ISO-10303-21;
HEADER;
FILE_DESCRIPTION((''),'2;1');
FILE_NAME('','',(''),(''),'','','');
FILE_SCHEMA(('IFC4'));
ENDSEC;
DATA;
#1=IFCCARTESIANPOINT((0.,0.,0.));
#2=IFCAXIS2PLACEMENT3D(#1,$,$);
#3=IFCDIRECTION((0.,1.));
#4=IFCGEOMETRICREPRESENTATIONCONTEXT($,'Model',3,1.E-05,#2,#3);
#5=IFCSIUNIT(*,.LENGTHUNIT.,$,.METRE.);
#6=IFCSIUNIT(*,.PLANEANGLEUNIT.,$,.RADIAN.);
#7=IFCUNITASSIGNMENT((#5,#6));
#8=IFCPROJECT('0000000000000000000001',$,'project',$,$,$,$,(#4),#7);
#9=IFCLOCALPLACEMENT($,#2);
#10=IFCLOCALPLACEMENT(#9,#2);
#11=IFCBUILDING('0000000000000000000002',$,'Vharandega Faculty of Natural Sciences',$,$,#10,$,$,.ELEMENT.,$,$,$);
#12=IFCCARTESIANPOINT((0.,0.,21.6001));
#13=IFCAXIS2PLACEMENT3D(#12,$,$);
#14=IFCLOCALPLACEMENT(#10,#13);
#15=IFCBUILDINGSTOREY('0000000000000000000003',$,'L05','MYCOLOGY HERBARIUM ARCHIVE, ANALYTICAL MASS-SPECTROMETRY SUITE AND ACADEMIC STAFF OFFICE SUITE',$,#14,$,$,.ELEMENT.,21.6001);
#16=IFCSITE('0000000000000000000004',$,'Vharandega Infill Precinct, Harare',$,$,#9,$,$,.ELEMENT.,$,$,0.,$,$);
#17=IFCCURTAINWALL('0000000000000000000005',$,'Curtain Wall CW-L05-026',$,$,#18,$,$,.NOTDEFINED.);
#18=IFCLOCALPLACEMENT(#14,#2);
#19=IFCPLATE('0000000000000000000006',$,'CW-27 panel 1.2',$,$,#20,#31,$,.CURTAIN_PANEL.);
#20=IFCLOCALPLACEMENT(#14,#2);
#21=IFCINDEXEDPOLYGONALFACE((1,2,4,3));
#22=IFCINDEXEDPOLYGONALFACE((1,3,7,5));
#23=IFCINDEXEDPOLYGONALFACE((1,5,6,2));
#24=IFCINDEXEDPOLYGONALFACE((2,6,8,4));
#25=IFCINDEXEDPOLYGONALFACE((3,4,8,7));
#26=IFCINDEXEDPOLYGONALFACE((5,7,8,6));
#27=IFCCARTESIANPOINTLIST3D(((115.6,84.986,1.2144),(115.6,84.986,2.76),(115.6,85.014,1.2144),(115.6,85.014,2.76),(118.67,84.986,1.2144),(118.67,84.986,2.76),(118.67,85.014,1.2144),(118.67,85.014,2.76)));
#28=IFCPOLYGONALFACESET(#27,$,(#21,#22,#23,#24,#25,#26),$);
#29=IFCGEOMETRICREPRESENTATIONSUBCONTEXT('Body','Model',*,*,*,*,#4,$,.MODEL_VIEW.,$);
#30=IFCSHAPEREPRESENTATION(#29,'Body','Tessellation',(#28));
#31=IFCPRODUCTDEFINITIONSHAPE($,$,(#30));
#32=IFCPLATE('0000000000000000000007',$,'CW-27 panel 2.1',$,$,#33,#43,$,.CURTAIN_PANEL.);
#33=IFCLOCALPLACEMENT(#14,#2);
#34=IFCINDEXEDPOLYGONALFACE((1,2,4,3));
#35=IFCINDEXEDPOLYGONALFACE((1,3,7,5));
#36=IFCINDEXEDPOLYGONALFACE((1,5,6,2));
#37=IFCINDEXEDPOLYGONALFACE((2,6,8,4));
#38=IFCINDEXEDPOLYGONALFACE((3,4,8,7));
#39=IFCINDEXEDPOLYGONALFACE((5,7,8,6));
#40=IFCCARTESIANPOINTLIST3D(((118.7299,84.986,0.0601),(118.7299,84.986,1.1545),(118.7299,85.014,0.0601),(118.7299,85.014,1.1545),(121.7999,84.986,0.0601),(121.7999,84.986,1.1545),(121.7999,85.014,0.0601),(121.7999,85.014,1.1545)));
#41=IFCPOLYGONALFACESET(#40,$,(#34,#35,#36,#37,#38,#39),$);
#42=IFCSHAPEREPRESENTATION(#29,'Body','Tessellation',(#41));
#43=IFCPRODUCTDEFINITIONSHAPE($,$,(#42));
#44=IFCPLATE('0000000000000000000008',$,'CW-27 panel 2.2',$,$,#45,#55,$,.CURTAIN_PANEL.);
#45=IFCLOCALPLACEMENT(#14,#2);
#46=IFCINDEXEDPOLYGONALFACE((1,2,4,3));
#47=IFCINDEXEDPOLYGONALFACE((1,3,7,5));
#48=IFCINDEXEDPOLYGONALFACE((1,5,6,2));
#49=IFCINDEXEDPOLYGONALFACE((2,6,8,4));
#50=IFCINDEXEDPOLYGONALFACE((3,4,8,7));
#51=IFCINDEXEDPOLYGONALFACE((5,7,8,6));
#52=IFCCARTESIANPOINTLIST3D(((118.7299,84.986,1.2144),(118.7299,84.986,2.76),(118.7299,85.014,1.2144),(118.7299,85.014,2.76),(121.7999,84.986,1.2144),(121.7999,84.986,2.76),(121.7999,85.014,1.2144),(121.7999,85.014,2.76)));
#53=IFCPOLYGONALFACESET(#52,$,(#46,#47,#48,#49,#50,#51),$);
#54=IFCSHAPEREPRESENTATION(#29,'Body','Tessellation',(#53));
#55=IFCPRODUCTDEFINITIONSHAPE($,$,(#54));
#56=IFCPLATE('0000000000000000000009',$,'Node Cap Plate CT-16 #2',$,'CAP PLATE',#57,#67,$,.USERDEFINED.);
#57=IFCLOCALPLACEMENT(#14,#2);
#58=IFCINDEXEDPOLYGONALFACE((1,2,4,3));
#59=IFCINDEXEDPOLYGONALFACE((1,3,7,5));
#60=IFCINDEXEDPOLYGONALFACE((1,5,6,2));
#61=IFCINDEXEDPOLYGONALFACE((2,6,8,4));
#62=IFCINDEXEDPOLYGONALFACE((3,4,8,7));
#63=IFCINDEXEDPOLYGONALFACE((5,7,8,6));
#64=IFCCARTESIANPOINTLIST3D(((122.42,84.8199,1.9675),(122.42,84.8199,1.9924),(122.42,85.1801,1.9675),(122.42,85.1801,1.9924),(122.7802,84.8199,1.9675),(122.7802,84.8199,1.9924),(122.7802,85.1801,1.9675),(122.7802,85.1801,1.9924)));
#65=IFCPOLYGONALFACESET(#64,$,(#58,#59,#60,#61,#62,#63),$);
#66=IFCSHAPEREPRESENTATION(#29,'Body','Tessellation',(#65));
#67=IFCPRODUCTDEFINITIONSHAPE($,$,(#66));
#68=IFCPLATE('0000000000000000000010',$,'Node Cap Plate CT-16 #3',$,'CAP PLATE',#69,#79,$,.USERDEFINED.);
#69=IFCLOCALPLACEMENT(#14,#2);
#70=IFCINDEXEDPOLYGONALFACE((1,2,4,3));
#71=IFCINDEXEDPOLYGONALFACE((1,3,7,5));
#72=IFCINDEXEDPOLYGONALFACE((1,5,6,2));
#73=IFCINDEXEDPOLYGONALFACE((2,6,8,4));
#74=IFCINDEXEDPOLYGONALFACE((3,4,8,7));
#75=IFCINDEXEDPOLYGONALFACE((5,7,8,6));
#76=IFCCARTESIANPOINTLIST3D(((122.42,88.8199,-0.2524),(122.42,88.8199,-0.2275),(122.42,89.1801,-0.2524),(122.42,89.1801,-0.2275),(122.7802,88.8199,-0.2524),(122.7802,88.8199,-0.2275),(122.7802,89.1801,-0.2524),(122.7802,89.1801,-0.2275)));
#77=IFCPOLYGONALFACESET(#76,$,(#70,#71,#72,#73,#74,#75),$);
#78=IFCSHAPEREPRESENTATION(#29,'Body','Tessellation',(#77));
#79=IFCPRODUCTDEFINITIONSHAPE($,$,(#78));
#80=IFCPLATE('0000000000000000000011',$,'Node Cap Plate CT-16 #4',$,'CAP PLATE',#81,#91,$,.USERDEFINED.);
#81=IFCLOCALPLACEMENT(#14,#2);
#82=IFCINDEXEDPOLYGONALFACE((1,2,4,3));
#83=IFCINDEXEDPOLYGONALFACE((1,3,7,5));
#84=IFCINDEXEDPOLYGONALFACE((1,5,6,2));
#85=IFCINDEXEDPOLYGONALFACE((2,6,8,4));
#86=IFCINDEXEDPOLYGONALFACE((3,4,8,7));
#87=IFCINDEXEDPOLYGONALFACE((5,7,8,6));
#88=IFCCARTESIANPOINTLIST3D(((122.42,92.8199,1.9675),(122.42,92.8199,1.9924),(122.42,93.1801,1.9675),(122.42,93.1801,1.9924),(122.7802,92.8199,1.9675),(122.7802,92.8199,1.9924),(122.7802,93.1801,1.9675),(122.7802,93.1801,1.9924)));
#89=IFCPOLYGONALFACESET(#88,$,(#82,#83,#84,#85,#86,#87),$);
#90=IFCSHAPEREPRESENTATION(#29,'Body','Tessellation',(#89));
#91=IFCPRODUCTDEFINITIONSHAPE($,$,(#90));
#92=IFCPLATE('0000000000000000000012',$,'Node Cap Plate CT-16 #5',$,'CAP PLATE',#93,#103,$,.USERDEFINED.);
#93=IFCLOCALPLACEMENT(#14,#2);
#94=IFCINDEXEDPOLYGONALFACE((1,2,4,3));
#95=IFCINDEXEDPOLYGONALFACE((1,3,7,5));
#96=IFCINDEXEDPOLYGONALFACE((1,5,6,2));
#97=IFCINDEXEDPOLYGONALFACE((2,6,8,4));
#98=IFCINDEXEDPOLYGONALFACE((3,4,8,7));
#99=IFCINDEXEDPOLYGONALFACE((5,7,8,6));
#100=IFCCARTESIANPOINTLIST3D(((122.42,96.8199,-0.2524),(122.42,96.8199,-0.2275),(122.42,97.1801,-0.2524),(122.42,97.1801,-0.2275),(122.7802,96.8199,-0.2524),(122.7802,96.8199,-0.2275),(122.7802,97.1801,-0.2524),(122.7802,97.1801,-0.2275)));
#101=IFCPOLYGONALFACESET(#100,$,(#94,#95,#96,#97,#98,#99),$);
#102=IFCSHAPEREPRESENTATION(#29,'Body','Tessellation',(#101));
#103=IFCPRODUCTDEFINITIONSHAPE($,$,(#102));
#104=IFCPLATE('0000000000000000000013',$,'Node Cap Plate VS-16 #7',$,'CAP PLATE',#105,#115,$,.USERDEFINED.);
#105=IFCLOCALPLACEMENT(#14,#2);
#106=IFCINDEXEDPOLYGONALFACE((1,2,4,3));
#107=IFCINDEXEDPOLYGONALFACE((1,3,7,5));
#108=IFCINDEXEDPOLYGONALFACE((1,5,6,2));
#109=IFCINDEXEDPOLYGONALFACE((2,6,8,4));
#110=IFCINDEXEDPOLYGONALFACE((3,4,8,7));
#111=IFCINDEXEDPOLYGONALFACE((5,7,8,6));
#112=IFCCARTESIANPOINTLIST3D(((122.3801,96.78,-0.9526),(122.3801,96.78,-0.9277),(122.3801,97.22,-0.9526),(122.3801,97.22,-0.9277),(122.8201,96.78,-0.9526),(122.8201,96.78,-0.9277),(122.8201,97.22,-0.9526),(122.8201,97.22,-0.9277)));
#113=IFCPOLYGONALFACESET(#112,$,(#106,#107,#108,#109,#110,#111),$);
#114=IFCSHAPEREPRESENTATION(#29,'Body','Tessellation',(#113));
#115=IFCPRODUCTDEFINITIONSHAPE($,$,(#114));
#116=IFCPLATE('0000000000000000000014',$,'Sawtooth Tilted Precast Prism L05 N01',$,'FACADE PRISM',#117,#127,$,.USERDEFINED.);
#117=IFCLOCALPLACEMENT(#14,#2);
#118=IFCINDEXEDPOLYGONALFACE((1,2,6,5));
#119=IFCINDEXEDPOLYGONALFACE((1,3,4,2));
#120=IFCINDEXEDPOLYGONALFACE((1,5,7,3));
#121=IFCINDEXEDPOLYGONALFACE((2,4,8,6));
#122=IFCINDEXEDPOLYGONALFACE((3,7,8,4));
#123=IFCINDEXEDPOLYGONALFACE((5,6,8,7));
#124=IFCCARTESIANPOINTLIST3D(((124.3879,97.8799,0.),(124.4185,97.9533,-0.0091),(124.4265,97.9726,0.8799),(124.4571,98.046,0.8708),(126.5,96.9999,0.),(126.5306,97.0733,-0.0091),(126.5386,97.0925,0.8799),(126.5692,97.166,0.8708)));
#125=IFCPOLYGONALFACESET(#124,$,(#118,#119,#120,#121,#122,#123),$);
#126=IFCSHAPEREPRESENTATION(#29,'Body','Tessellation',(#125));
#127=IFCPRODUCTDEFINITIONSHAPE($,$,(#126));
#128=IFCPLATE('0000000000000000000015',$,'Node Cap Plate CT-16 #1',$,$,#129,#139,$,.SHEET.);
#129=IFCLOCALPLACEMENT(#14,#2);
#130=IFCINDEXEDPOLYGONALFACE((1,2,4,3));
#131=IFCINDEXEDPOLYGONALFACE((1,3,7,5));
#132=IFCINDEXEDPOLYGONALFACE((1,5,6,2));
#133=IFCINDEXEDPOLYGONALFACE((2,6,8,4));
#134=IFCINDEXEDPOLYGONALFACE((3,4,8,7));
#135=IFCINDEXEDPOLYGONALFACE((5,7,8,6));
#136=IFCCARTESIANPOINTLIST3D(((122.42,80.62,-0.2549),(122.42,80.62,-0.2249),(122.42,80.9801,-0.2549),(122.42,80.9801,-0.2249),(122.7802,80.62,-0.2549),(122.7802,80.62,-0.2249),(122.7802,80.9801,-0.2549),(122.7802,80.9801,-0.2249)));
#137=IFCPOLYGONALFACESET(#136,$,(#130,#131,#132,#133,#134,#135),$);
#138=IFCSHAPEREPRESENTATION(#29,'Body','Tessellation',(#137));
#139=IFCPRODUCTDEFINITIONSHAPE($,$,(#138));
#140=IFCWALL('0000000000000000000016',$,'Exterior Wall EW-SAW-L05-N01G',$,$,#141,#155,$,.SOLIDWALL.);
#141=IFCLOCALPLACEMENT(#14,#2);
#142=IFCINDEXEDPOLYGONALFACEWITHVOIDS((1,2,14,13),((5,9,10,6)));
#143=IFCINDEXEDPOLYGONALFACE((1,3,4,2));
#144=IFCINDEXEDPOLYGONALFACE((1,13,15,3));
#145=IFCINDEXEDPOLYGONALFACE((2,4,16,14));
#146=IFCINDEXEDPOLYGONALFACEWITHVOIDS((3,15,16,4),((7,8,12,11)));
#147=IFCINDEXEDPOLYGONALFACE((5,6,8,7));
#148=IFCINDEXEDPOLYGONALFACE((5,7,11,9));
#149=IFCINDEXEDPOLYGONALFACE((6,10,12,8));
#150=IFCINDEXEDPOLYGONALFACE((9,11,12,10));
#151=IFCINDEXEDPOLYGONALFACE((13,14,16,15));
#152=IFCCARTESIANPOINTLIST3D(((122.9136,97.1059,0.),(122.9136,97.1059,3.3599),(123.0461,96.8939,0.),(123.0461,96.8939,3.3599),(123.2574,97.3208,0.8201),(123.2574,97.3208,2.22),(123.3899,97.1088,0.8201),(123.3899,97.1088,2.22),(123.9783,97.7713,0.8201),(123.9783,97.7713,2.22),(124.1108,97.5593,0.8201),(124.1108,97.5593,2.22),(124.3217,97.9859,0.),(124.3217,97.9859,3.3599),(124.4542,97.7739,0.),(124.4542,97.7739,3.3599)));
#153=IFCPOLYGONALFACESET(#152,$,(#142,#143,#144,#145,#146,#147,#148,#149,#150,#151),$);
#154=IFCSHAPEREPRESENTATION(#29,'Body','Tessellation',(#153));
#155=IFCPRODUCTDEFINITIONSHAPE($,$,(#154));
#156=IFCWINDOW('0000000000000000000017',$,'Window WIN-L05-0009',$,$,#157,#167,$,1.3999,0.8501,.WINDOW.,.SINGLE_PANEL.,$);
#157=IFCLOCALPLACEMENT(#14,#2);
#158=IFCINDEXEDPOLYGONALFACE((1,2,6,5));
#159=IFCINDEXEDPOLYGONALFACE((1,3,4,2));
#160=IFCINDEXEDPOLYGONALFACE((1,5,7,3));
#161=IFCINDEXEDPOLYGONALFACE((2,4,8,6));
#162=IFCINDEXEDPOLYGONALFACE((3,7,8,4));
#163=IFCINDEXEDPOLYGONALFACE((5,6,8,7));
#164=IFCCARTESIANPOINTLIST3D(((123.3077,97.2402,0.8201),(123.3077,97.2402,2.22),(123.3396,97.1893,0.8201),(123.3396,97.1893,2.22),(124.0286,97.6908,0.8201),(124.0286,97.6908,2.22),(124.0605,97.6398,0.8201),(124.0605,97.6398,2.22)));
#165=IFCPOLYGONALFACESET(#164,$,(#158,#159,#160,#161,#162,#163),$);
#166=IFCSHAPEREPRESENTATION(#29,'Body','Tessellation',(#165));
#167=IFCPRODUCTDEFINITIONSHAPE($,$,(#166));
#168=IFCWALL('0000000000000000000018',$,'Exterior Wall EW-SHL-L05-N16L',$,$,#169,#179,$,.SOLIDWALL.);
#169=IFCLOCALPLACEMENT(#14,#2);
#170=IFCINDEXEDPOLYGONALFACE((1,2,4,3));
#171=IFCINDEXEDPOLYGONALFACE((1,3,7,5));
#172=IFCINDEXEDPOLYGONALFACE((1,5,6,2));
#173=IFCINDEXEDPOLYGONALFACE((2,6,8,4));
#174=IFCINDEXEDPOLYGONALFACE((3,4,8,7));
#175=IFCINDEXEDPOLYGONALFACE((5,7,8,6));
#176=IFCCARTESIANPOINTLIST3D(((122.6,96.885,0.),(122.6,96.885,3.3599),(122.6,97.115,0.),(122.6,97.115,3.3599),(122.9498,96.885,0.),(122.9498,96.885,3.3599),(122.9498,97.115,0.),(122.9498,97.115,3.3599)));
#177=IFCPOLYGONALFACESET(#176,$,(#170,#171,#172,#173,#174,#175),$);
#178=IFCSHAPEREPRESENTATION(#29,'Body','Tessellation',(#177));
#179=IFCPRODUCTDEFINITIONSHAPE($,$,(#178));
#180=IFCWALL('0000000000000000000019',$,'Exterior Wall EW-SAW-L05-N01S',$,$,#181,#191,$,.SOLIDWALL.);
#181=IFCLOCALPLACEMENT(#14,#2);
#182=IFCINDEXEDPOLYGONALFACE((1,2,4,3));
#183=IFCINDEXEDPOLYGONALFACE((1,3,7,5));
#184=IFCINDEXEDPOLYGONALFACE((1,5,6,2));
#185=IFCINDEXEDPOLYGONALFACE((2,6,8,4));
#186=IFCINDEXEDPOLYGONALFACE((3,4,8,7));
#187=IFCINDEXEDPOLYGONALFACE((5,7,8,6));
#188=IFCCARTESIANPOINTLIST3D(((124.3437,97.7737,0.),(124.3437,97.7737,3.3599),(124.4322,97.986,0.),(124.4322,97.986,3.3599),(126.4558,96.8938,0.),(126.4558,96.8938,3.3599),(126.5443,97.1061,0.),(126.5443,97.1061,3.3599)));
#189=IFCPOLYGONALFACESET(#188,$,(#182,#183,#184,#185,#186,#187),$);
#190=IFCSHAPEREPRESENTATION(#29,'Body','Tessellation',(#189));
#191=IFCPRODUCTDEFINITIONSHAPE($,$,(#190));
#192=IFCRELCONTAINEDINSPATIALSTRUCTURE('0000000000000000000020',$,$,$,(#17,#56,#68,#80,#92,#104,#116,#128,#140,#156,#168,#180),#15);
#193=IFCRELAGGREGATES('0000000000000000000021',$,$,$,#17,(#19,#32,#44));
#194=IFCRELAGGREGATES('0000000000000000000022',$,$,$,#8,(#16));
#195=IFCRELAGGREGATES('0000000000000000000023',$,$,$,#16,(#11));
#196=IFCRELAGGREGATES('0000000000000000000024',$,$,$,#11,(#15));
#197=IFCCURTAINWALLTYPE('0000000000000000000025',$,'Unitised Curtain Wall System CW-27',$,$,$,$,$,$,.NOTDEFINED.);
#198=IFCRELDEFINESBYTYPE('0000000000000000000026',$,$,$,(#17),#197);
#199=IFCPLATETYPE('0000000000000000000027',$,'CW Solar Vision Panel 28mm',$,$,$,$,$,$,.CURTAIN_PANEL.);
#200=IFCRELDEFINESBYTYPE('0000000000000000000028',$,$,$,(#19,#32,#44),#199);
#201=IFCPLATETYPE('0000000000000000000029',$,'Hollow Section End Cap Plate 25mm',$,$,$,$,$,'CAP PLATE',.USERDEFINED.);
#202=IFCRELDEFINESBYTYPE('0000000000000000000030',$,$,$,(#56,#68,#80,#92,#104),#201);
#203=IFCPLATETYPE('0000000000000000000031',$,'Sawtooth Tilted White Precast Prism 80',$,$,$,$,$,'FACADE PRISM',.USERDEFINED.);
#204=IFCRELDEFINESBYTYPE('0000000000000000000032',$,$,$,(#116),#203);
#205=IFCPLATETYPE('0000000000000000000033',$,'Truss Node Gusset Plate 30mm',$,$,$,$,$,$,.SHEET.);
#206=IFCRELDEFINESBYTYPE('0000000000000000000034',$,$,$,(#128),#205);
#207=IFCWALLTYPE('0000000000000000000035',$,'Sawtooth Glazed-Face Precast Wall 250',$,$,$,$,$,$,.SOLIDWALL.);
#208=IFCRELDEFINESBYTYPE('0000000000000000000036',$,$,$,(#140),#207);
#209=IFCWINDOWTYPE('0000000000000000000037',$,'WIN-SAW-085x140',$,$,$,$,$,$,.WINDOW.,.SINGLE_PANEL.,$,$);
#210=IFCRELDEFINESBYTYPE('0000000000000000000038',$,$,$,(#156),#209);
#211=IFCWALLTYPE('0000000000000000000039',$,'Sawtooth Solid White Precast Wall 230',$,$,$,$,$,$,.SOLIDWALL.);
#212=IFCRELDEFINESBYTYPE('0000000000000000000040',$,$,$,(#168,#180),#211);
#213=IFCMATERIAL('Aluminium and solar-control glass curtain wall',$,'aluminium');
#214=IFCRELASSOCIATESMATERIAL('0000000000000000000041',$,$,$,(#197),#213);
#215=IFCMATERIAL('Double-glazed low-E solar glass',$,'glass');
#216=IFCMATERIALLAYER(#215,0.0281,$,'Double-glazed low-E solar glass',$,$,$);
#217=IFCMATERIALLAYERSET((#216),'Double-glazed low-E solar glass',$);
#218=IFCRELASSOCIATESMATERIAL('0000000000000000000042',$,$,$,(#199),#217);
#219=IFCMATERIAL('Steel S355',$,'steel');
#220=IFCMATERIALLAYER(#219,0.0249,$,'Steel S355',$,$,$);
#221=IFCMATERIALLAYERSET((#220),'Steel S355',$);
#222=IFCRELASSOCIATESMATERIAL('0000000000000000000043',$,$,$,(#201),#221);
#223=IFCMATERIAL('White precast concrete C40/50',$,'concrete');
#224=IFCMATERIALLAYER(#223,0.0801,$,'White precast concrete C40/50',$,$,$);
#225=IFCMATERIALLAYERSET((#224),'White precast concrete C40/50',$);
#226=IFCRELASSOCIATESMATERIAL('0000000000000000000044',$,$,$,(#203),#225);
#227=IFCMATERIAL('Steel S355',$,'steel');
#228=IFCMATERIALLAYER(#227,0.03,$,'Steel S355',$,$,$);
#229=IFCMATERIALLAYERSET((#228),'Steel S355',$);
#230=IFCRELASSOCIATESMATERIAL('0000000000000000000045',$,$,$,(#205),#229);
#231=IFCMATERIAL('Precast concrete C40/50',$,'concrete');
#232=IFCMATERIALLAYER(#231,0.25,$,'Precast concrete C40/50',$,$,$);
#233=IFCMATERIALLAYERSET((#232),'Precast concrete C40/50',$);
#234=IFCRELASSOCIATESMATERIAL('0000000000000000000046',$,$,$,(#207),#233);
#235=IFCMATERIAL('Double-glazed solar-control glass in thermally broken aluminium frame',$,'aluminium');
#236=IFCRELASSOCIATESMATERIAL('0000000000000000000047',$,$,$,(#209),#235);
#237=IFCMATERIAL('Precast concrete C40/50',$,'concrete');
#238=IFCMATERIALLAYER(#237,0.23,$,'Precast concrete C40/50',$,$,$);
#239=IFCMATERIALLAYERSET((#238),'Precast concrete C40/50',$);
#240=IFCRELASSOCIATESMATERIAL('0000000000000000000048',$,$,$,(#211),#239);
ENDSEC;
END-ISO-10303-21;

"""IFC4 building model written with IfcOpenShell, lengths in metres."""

from ifc_helpers import new_model, si_unit, direction, frame, frame_2d, origin, origin_2d, place, context, subcontext, project, spatial, polyline, rectangle, outline, extrude, material, layer, layer_set, type_object, element, fill, aggregate, save


model = new_model("IFC4")

# Units and contexts
model_context = context("Model", 3, precision=1e-05, world=origin(), true_north=direction((0.0, 1.0)))
body_context = subcontext(model_context, "Body", "Model", "MODEL_VIEW")
ifc_project = project(units=[si_unit("LENGTHUNIT", "METRE"), si_unit("PLANEANGLEUNIT", "RADIAN")], contexts=[model_context])

# Site, building, storey
site_placement = place(None, origin())
site = spatial("IfcSite", under=ifc_project, at=site_placement, Name="Vharandega Infill Precinct, Harare", CompositionType="ELEMENT", RefElevation=0.0)
building_placement = place(site_placement, origin())
building = spatial("IfcBuilding", under=site, at=building_placement, Name="Vharandega Faculty of Natural Sciences", CompositionType="ELEMENT")
storey_placement = place(building_placement, frame((0.0, 0.0, 21.6001)))
storey = spatial("IfcBuildingStorey", under=building, at=storey_placement, Name="L05", Description="MYCOLOGY HERBARIUM ARCHIVE, ANALYTICAL MASS-SPECTROMETRY SUITE AND ACADEMIC STAFF OFFICE SUITE", CompositionType="ELEMENT", Elevation=21.6001)

# Curtain wall
ifc_material_1 = material(Name="Aluminium and solar-control glass curtain wall", Category="aluminium")
curtain_wall_type = type_object("IfcCurtainWallType", Name="Unitised Curtain Wall System CW-27", PredefinedType="NOTDEFINED", material=ifc_material_1)
curtain_wall_placement = place(storey_placement, origin())
curtain_wall = element("IfcCurtainWall", 1, at=curtain_wall_placement, inside=storey, type_object=curtain_wall_type, Name="Curtain Wall CW-L05-026", PredefinedType="NOTDEFINED")

# Plates
ifc_material_2 = material(Name="Double-glazed low-E solar glass", Category="glass")
ifc_layer_1 = layer(ifc_material_2, 0.0281, Name="Double-glazed low-E solar glass")
ifc_layer_set_1 = layer_set([ifc_layer_1], Name="Double-glazed low-E solar glass")
plate_type_1 = type_object("IfcPlateType", Name="CW Solar Vision Panel 28mm", PredefinedType="CURTAIN_PANEL", material=ifc_layer_set_1)
plate_1_placement = place(storey_placement, frame((117.135, 85.0, 1.2144), z_axis=(0.0, 0.0, 1.0), x_axis=(1.0, 0.0, 0.0)))
plate_1 = element("IfcPlate", 2, at=plate_1_placement, type_object=plate_type_1, Name="CW-27 panel 1.2", PredefinedType="CURTAIN_PANEL", context=body_context, shape_type="SweptSolid", body=[
    extrude(rectangle(XDim=3.0701, YDim=0.0281, at=origin_2d()), origin(), (0.0, 0.0, 1.0), 1.5457),
])
plate_2_placement = place(storey_placement, frame((120.2649, 85.0, 0.0601), z_axis=(0.0, 0.0, 1.0), x_axis=(1.0, 0.0, 0.0)))
plate_2 = element("IfcPlate", 3, at=plate_2_placement, type_object=plate_type_1, Name="CW-27 panel 2.1", PredefinedType="CURTAIN_PANEL", context=body_context, shape_type="SweptSolid", body=[
    extrude(rectangle(XDim=3.0701, YDim=0.0281, at=origin_2d()), origin(), (0.0, 0.0, 1.0), 1.0945),
])
plate_3_placement = place(storey_placement, frame((120.2649, 85.0, 1.2144), z_axis=(0.0, 0.0, 1.0), x_axis=(1.0, 0.0, 0.0)))
plate_3 = element("IfcPlate", 4, at=plate_3_placement, type_object=plate_type_1, Name="CW-27 panel 2.2", PredefinedType="CURTAIN_PANEL", context=body_context, shape_type="SweptSolid", body=[
    extrude(rectangle(XDim=3.0701, YDim=0.0281, at=origin_2d()), origin(), (0.0, 0.0, 1.0), 1.5457),
])
aggregate(curtain_wall, [plate_1, plate_2, plate_3])

# Plates
ifc_material_3 = material(Name="Steel S355", Category="steel")
ifc_layer_2 = layer(ifc_material_3, 0.0249, Name="Steel S355")
ifc_layer_set_2 = layer_set([ifc_layer_2], Name="Steel S355")
plate_type_2 = type_object("IfcPlateType", Name="Hollow Section End Cap Plate 25mm", ElementType="CAP PLATE", PredefinedType="USERDEFINED", material=ifc_layer_set_2)
for number, where, z_axis, x_axis, name in (
    (5, (122.6001, 85.0, 1.9675), (0.0, 0.0, 1.0), (1.0, 0.0, 0.0), "Node Cap Plate CT-16 #2"),
    (6, (122.6001, 89.0, -0.2524), (0.0, 0.0, 1.0), (1.0, 0.0, 0.0), "Node Cap Plate CT-16 #3"),
    (7, (122.6001, 93.0, 1.9675), (0.0, 0.0, 1.0), (1.0, 0.0, 0.0), "Node Cap Plate CT-16 #4"),
    (8, (122.6001, 97.0, -0.2524), (0.0, 0.0, 1.0), (1.0, 0.0, 0.0), "Node Cap Plate CT-16 #5"),
):
    element("IfcPlate", number, at=place(storey_placement, frame(where, z_axis=z_axis, x_axis=x_axis)), inside=storey, type_object=plate_type_2, Name=name, ObjectType="CAP PLATE", PredefinedType="USERDEFINED", context=body_context, shape_type="SweptSolid", body=[
        extrude(rectangle(XDim=0.3601, YDim=0.3601, at=origin_2d()), origin(), (0.0, 0.0, 1.0), 0.0249),
    ])
plate_4_placement = place(storey_placement, frame((122.6001, 97.0, -0.9526), z_axis=(0.0, 0.0, 1.0), x_axis=(1.0, 0.0, 0.0)))
element("IfcPlate", 9, at=plate_4_placement, inside=storey, type_object=plate_type_2, Name="Node Cap Plate VS-16 #7", ObjectType="CAP PLATE", PredefinedType="USERDEFINED", context=body_context, shape_type="SweptSolid", body=[
    extrude(rectangle(XDim=0.4399, YDim=0.4399, at=origin_2d()), origin(), (0.0, 0.0, 1.0), 0.0249),
])
ifc_material_4 = material(Name="White precast concrete C40/50", Category="concrete")
ifc_layer_3 = layer(ifc_material_4, 0.0801, Name="White precast concrete C40/50")
ifc_layer_set_3 = layer_set([ifc_layer_3], Name="White precast concrete C40/50")
plate_type_3 = type_object("IfcPlateType", Name="Sawtooth Tilted White Precast Prism 80", ElementType="FACADE PRISM", PredefinedType="USERDEFINED", material=ifc_layer_set_3)
plate_5_placement = place(storey_placement, frame((124.3879, 97.8799, 0.0), z_axis=(-0.38213, -0.917133, 0.113326), x_axis=(0.043509, 0.104642, 0.993558)))
element("IfcPlate", 10, at=plate_5_placement, inside=storey, type_object=plate_type_3, Name="Sawtooth Tilted Precast Prism L05 N01", ObjectType="FACADE PRISM", PredefinedType="USERDEFINED", context=body_context, shape_type="SweptSolid", body=[
    extrude(outline(polyline([(0.0, 0.0), (0.8856, 0.0), (0.8854, -2.2881), (-0.0002, -2.288), (0.0, 0.0)])), origin(), (0.0, 0.0, -1.0), 0.0801),
])
ifc_material_5 = material(Name="Steel S355", Category="steel")
ifc_layer_4 = layer(ifc_material_5, 0.03, Name="Steel S355")
ifc_layer_set_4 = layer_set([ifc_layer_4], Name="Steel S355")
plate_type_4 = type_object("IfcPlateType", Name="Truss Node Gusset Plate 30mm", PredefinedType="SHEET", material=ifc_layer_set_4)
plate_6_placement = place(storey_placement, frame((122.6001, 80.8, -0.2549), z_axis=(0.0, 0.0, 1.0), x_axis=(1.0, 0.0, 0.0)))
element("IfcPlate", 11, at=plate_6_placement, inside=storey, type_object=plate_type_4, Name="Node Cap Plate CT-16 #1", PredefinedType="SHEET", context=body_context, shape_type="SweptSolid", body=[
    extrude(rectangle(XDim=0.3601, YDim=0.3601, at=origin_2d()), origin(), (0.0, 0.0, 1.0), 0.03),
])

# Wall, opening, window
ifc_material_6 = material(Name="Precast concrete C40/50", Category="concrete")
ifc_layer_5 = layer(ifc_material_6, 0.25, Name="Precast concrete C40/50")
ifc_layer_set_5 = layer_set([ifc_layer_5], Name="Precast concrete C40/50")
wall_type_1 = type_object("IfcWallType", Name="Sawtooth Glazed-Face Precast Wall 250", PredefinedType="SOLIDWALL", material=ifc_layer_set_5)
wall_1_placement = place(storey_placement, frame((122.98, 97.0, 0.0), z_axis=(0.0, 0.0, 1.0), x_axis=(0.848023, 0.529959, 0.0)))
wall_1 = element("IfcWall", 12, at=wall_1_placement, inside=storey, type_object=wall_type_1, Name="Exterior Wall EW-SAW-L05-N01G", PredefinedType="SOLIDWALL", context=body_context, shape_type="SweptSolid", body=[
    extrude(rectangle(XDim=1.6604, YDim=0.25, at=frame_2d((0.8301, 0.0))), origin(), (0.0, 0.0, 1.0), 3.3599),
])
opening_placement = place(wall_1_placement, frame((0.4053, 0.0, 0.8201)))
opening = element("IfcOpeningElement", 13, at=opening_placement, cuts=wall_1, PredefinedType="OPENING", context=body_context, shape_type="SweptSolid", body=[
    extrude(rectangle(XDim=0.8501, YDim=1.3999, at=frame_2d((0.425, 0.7))), frame((0.0, 0.135, 0.0), z_axis=(0.0, -1.0, 0.0), x_axis=(1.0, 0.0, 0.0)), (0.0, 0.0, 1.0), 0.27),
])
ifc_material_7 = material(Name="Double-glazed solar-control glass in thermally broken aluminium frame", Category="aluminium")
window_type = type_object("IfcWindowType", Name="WIN-SAW-085x140", PartitioningType="SINGLE_PANEL", PredefinedType="WINDOW", material=ifc_material_7)
window_placement = place(opening_placement, origin())
window = element("IfcWindow", 14, at=window_placement, inside=storey, type_object=window_type, Name="Window WIN-L05-0009", OverallHeight=1.3999, OverallWidth=0.8501, PartitioningType="SINGLE_PANEL", PredefinedType="WINDOW", context=body_context, shape_type="SweptSolid", body=[
    extrude(rectangle(XDim=0.8501, YDim=1.3999, at=frame_2d((0.425, 0.7))), frame((0.0, 0.03, 0.0), z_axis=(0.0, -1.0, 0.0), x_axis=(1.0, 0.0, 0.0)), (0.0, 0.0, 1.0), 0.0601),
])
fill(opening, window)

# Walls
ifc_material_8 = material(Name="Precast concrete C40/50", Category="concrete")
ifc_layer_6 = layer(ifc_material_8, 0.23, Name="Precast concrete C40/50")
ifc_layer_set_6 = layer_set([ifc_layer_6], Name="Precast concrete C40/50")
wall_type_2 = type_object("IfcWallType", Name="Sawtooth Solid White Precast Wall 230", PredefinedType="SOLIDWALL", material=ifc_layer_set_6)
wall_2_placement = place(storey_placement, frame((122.6001, 97.0, 0.0), z_axis=(0.0, 0.0, 1.0), x_axis=(1.0, 0.0, 0.0)))
element("IfcWall", 15, at=wall_2_placement, inside=storey, type_object=wall_type_2, Name="Exterior Wall EW-SHL-L05-N16L", PredefinedType="SOLIDWALL", context=body_context, shape_type="SweptSolid", body=[
    extrude(rectangle(XDim=0.3499, YDim=0.23, at=frame_2d((0.1748, 0.0))), origin(), (0.0, 0.0, 1.0), 3.3599),
])
wall_3_placement = place(storey_placement, frame((124.3879, 97.8799, 0.0), z_axis=(0.0, 0.0, 1.0), x_axis=(0.923099, -0.384562, 0.0)))
element("IfcWall", 16, at=wall_3_placement, inside=storey, type_object=wall_type_2, Name="Exterior Wall EW-SAW-L05-N01S", PredefinedType="SOLIDWALL", context=body_context, shape_type="SweptSolid", body=[
    extrude(rectangle(XDim=2.2881, YDim=0.23, at=frame_2d((1.144, 0.0))), origin(), (0.0, 0.0, 1.0), 3.3599),
])

save(model, "model.ifc")
